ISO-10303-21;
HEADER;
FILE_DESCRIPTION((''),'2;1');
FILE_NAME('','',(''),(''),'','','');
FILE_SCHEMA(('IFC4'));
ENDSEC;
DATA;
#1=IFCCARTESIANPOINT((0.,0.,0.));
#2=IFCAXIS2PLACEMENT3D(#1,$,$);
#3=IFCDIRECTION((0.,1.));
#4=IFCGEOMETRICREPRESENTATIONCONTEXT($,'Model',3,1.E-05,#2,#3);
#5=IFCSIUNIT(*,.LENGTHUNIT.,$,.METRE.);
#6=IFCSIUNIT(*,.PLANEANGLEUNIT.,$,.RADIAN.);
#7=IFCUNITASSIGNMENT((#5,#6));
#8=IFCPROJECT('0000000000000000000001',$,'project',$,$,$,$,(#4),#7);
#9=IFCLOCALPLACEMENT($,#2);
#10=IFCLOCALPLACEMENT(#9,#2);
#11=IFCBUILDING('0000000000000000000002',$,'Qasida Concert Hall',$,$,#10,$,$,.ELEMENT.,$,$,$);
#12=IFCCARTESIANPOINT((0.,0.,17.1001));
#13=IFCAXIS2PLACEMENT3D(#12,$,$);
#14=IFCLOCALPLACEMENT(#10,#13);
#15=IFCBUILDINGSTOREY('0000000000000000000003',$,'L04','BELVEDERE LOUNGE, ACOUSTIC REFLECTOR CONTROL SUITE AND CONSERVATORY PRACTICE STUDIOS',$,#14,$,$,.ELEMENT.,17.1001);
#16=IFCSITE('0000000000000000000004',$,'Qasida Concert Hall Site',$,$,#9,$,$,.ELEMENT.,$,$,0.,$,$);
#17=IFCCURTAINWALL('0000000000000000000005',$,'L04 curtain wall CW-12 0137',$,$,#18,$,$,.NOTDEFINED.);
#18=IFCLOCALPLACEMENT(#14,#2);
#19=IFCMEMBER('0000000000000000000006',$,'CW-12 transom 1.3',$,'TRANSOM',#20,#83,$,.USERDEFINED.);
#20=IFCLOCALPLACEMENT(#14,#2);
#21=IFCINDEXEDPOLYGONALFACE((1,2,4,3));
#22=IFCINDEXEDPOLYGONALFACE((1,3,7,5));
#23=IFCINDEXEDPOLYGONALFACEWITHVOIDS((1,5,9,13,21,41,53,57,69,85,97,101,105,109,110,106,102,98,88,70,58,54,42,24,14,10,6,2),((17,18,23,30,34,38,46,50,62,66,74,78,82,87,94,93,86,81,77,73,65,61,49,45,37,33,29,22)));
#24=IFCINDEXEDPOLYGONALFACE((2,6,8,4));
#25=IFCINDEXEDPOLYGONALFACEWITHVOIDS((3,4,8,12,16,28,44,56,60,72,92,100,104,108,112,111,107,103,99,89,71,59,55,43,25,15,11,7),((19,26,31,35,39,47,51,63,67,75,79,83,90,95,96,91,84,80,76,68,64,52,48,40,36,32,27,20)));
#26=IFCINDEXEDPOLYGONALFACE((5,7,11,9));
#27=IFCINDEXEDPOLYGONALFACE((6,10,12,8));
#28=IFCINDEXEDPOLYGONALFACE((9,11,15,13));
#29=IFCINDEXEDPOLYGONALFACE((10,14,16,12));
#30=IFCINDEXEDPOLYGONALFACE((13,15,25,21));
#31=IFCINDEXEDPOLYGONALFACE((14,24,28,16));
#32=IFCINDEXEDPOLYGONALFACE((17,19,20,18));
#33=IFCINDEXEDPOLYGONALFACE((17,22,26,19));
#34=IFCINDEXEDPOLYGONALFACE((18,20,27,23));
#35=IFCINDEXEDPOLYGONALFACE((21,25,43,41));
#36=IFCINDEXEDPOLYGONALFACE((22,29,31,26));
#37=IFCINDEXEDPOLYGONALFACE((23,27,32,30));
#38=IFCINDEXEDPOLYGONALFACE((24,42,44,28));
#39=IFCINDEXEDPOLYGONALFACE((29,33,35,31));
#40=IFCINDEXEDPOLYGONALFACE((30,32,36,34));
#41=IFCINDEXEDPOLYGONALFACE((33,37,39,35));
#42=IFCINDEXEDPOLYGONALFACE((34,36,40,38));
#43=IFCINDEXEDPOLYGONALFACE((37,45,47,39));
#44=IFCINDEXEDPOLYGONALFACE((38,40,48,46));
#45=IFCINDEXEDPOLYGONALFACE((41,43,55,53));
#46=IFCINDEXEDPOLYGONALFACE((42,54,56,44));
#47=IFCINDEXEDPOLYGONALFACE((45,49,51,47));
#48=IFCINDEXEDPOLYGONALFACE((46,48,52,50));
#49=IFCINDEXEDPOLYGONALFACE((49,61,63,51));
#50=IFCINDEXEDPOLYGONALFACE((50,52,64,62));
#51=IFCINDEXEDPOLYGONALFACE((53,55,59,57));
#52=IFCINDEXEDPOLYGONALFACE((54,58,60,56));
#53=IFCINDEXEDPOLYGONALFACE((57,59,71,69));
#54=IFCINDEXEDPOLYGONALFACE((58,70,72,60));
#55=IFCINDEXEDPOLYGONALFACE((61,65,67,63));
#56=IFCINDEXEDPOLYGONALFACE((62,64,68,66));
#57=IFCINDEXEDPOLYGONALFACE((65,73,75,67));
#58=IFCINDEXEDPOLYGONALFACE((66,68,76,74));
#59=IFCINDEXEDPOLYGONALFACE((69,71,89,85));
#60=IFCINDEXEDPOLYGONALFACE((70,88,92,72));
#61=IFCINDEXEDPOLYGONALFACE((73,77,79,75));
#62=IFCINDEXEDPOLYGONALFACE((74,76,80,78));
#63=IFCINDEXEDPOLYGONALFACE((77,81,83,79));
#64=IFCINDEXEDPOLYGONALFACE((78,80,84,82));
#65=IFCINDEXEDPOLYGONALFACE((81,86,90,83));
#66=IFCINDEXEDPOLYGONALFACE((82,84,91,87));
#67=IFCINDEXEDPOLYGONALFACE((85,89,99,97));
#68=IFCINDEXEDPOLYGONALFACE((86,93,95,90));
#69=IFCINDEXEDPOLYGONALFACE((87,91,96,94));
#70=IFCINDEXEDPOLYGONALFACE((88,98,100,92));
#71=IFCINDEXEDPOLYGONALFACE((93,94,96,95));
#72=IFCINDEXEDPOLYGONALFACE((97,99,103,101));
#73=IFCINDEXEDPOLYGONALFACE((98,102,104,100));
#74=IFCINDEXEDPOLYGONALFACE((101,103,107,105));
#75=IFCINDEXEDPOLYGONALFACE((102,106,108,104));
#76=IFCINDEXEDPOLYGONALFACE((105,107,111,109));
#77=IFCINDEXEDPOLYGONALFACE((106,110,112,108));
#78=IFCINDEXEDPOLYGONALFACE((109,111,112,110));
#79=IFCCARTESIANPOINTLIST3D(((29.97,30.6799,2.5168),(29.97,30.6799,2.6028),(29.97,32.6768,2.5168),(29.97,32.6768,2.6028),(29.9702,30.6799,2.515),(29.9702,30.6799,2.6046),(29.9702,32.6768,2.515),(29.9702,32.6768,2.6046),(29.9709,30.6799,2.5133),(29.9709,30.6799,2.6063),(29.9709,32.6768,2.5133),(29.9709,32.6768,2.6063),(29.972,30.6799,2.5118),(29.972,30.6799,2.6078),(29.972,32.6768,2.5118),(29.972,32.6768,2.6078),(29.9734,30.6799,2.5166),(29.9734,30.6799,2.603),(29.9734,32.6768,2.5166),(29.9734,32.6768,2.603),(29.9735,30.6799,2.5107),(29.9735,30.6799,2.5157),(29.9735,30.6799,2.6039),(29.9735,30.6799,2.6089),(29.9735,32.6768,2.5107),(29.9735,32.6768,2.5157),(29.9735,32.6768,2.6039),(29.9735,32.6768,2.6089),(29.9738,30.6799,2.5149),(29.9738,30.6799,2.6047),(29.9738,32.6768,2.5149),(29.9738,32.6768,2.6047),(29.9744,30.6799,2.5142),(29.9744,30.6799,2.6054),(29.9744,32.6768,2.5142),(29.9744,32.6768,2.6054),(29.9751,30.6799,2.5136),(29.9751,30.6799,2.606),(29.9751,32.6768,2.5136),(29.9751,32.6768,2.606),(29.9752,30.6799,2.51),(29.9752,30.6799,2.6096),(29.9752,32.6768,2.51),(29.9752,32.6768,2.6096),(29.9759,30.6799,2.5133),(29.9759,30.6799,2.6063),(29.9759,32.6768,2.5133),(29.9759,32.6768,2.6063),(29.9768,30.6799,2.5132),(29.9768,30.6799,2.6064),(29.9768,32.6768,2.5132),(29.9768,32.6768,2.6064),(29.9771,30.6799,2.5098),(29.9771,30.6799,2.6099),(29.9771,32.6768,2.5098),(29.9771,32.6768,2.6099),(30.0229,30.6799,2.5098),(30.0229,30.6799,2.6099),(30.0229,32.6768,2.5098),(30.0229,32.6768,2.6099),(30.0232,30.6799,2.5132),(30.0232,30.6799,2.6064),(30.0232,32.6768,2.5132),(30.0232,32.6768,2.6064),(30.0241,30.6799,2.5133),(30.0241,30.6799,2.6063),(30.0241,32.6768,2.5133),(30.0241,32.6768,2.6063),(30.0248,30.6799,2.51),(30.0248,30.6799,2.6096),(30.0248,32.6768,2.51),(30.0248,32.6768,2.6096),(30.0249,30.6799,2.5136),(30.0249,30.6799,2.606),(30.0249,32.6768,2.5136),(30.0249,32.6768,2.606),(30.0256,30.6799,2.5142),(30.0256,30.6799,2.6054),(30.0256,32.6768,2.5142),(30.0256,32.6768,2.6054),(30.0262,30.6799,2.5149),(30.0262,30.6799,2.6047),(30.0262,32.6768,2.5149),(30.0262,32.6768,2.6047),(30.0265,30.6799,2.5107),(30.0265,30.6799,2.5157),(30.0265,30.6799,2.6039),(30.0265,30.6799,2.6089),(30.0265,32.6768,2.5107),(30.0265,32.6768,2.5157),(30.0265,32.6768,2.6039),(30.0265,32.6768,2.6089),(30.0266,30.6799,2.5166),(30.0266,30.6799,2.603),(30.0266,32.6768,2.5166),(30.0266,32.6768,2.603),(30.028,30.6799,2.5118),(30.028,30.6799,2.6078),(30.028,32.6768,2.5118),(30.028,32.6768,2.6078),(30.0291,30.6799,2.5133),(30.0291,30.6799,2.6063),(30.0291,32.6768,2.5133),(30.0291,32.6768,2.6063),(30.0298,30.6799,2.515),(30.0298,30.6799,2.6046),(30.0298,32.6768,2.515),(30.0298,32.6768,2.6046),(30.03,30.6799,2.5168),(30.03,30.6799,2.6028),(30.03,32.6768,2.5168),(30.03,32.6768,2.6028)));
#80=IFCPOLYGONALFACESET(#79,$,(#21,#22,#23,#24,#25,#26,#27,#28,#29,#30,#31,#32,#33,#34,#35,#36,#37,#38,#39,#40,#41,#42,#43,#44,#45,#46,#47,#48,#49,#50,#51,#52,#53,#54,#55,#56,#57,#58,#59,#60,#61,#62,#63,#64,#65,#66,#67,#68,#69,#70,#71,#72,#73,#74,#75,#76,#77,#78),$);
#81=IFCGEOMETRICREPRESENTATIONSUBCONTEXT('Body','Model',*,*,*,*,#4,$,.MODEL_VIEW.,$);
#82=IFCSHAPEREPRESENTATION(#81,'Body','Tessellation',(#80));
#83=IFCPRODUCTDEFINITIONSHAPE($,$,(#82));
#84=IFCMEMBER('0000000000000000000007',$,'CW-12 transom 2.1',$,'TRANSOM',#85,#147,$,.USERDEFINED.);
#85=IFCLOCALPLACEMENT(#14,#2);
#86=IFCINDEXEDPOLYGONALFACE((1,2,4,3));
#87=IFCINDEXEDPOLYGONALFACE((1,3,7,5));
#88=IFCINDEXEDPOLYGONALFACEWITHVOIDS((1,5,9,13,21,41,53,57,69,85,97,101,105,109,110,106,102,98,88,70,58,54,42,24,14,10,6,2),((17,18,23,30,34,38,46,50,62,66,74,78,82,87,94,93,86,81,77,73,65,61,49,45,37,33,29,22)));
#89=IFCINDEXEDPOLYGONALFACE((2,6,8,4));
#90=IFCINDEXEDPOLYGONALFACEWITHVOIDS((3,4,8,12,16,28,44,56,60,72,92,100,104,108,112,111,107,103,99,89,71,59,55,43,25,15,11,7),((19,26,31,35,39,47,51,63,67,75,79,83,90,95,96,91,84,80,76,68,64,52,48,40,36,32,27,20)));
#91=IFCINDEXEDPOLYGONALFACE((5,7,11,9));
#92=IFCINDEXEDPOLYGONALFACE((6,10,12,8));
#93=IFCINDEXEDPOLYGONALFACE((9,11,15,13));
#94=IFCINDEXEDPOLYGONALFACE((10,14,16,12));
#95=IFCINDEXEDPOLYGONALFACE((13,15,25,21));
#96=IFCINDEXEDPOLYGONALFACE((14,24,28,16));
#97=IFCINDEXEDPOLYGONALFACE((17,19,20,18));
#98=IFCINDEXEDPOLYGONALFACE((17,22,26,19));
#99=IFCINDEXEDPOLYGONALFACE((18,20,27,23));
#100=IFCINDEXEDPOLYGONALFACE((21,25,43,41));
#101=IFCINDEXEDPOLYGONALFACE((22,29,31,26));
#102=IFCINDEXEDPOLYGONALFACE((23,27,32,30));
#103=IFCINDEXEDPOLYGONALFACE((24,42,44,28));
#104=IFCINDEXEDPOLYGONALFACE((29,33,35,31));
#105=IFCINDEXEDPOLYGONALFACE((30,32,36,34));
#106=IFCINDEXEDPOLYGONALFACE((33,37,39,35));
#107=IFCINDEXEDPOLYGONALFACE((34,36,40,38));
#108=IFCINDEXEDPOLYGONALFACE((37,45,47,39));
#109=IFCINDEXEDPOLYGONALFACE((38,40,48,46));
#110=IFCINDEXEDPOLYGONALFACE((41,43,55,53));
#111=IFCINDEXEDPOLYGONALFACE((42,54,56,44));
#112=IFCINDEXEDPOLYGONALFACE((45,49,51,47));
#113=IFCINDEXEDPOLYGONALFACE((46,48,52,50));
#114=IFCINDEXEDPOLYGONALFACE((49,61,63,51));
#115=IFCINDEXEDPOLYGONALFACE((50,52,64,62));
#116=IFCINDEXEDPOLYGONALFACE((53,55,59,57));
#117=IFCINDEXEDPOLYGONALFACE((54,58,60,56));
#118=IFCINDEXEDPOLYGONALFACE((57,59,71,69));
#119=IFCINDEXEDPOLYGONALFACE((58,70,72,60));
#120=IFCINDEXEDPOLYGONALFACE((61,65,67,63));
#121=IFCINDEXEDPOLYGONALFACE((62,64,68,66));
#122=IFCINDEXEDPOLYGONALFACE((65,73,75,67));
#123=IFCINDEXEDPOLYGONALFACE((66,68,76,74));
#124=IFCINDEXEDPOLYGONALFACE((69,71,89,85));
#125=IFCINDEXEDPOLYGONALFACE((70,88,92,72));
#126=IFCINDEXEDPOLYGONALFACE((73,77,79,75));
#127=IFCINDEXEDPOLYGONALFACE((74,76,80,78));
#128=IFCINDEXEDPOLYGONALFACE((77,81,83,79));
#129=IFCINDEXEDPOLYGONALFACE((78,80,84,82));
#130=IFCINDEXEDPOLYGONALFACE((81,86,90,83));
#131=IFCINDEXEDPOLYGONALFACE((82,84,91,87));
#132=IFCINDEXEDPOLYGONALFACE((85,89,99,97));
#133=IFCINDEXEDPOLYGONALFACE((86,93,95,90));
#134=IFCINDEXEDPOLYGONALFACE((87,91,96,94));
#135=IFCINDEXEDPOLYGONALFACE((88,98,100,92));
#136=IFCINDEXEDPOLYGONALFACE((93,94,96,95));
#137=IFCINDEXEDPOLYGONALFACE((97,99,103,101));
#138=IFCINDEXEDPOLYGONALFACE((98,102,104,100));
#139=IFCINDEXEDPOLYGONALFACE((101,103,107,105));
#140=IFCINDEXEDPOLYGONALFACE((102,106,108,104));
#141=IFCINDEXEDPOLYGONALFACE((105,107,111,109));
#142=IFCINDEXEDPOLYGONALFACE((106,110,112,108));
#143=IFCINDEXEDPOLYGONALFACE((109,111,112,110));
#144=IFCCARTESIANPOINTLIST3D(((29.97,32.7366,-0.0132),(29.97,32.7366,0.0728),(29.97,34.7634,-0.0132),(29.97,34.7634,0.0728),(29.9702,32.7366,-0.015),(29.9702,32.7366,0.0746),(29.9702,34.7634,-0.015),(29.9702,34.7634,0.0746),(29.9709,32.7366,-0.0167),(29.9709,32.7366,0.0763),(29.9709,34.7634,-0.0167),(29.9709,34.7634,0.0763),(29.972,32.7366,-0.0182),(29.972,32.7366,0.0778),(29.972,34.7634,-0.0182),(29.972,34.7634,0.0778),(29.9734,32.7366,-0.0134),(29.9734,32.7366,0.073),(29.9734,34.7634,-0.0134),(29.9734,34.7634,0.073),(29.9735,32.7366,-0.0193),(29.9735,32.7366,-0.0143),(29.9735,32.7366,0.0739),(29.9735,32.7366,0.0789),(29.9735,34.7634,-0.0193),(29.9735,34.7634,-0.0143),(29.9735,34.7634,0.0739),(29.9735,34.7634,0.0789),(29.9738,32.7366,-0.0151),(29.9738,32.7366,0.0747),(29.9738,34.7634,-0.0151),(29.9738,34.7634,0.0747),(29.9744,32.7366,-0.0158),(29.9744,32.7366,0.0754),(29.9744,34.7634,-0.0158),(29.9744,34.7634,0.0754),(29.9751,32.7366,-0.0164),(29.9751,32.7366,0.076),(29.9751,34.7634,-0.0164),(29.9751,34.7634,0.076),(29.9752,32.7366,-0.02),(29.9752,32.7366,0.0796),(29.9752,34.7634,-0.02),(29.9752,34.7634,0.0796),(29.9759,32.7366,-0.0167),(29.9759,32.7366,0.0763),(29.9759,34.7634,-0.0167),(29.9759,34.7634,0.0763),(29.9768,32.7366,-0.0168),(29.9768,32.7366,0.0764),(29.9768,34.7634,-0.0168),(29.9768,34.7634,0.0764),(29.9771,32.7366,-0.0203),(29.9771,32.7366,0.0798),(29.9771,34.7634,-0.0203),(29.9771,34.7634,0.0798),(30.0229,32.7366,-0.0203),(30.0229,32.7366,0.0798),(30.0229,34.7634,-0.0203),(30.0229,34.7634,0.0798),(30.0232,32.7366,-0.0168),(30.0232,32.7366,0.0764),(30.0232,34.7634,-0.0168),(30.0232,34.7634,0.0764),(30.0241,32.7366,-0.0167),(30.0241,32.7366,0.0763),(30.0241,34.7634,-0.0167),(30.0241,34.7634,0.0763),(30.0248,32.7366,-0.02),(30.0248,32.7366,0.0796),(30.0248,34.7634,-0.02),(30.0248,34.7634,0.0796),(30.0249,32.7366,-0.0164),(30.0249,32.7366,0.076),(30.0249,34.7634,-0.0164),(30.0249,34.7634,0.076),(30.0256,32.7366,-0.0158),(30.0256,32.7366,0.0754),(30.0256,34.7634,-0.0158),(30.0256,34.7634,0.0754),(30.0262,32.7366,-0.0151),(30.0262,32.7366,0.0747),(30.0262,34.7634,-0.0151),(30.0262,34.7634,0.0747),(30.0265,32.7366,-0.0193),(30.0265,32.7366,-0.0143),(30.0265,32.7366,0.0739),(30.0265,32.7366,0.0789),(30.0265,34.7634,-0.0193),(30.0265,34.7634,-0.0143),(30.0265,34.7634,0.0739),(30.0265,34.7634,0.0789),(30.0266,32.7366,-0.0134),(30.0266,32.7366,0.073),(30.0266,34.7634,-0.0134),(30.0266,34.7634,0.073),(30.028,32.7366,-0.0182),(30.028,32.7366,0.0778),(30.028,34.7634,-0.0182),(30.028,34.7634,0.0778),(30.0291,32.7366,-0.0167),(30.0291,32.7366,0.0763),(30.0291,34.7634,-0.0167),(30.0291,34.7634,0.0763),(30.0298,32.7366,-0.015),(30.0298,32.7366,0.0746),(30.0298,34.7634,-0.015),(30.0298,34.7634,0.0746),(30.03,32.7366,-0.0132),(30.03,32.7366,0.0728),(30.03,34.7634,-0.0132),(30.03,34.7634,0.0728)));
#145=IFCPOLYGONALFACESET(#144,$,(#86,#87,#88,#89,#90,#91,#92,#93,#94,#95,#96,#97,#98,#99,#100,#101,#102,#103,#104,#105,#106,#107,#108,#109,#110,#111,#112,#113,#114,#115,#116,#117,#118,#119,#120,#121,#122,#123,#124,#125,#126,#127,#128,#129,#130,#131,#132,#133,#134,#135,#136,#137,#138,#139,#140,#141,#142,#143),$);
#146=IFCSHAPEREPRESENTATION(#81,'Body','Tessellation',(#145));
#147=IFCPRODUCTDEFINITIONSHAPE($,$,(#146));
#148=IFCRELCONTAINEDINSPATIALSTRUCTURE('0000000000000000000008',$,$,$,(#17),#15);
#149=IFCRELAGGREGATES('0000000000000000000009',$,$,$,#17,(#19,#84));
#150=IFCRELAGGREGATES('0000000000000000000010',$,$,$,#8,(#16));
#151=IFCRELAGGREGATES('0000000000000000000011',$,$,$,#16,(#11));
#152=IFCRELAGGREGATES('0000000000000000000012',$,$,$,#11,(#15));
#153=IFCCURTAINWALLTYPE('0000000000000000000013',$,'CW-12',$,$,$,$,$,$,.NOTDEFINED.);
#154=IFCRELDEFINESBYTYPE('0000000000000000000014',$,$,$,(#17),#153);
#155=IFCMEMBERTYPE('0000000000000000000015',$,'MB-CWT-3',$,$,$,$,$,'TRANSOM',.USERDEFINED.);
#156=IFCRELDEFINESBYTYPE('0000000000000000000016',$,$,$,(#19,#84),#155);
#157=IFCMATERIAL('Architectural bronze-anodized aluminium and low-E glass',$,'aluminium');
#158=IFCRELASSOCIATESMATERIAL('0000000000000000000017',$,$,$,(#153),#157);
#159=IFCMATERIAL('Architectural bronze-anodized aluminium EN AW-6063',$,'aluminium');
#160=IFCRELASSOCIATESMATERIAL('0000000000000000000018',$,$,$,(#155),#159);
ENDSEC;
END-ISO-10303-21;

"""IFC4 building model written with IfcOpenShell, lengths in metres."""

from ifc_helpers import new_model, si_unit, direction, frame, origin, origin_2d, place, context, subcontext, project, spatial, hollow_rectangle, extrude, material, material_profile, profile_set, type_object, element, aggregate, save


model = new_model("IFC4")

# Units and contexts
model_context = context("Model", 3, precision=1e-05, world=origin(), true_north=direction((0.0, 1.0)))
body_context = subcontext(model_context, "Body", "Model", "MODEL_VIEW")
ifc_project = project(units=[si_unit("LENGTHUNIT", "METRE"), si_unit("PLANEANGLEUNIT", "RADIAN")], contexts=[model_context])

# Site, building, storey
site_placement = place(None, origin())
site = spatial("IfcSite", under=ifc_project, at=site_placement, Name="Qasida Concert Hall Site", CompositionType="ELEMENT", RefElevation=0.0)
building_placement = place(site_placement, origin())
building = spatial("IfcBuilding", under=site, at=building_placement, Name="Qasida Concert Hall", CompositionType="ELEMENT")
storey_placement = place(building_placement, frame((0.0, 0.0, 17.1001)))
storey = spatial("IfcBuildingStorey", under=building, at=storey_placement, Name="L04", Description="BELVEDERE LOUNGE, ACOUSTIC REFLECTOR CONTROL SUITE AND CONSERVATORY PRACTICE STUDIOS", CompositionType="ELEMENT", Elevation=17.1001)

# Curtain wall
ifc_material_1 = material(Name="Architectural bronze-anodized aluminium and low-E glass", Category="aluminium")
curtain_wall_type = type_object("IfcCurtainWallType", Name="CW-12", PredefinedType="NOTDEFINED", material=ifc_material_1)
ifc_material_2 = material(Name="Architectural bronze-anodized aluminium EN AW-6063", Category="aluminium")
curtain_wall_1_placement = place(storey_placement, origin())
curtain_wall_1 = element("IfcCurtainWall", 1, at=curtain_wall_1_placement, inside=storey, type_object=curtain_wall_type, Name="L04 curtain wall CW-12 0137", PredefinedType="NOTDEFINED")

# Members
ifc_material_profile_1 = material_profile(ifc_material_2, hollow_rectangle(XDim=0.0601, YDim=0.1001, WallThickness=0.0034, InnerFilletRadius=0.0034, OuterFilletRadius=0.0071, at=origin_2d()), Name="CWT 100x60x3.5")
ifc_profile_set_1 = profile_set([ifc_material_profile_1], Name="Architectural bronze-anodized aluminium EN AW-6063")
member_type_1 = type_object("IfcMemberType", Name="MB-CWT-3", ElementType="TRANSOM", PredefinedType="USERDEFINED", material=ifc_profile_set_1)
member_1_placement = place(storey_placement, frame((30.0, 30.6799, 2.5598), z_axis=(0.0, 1.0, 0.0), x_axis=(-1.0, 0.0, 0.0)))
member_1 = element("IfcMember", 2, at=member_1_placement, type_object=member_type_1, Name="CW-12 transom 1.3", ObjectType="TRANSOM", PredefinedType="USERDEFINED", context=body_context, shape_type="SweptSolid", body=[
    extrude(hollow_rectangle(XDim=0.0601, YDim=0.1001, WallThickness=0.0034, InnerFilletRadius=0.0034, OuterFilletRadius=0.0071, at=origin_2d()), origin(), (0.0, 0.0, 1.0), 1.9968),
])
member_2_placement = place(storey_placement, frame((30.0, 32.7366, 0.0298), z_axis=(0.0, 1.0, 0.0), x_axis=(-1.0, 0.0, 0.0)))
member_2 = element("IfcMember", 3, at=member_2_placement, type_object=member_type_1, Name="CW-12 transom 2.1", ObjectType="TRANSOM", PredefinedType="USERDEFINED", context=body_context, shape_type="SweptSolid", body=[
    extrude(hollow_rectangle(XDim=0.0601, YDim=0.1001, WallThickness=0.0034, InnerFilletRadius=0.0034, OuterFilletRadius=0.0071, at=origin_2d()), origin(), (0.0, 0.0, 1.0), 2.0269),
])

aggregate(curtain_wall_1, [member_1, member_2])

save(model, "model.ifc")
